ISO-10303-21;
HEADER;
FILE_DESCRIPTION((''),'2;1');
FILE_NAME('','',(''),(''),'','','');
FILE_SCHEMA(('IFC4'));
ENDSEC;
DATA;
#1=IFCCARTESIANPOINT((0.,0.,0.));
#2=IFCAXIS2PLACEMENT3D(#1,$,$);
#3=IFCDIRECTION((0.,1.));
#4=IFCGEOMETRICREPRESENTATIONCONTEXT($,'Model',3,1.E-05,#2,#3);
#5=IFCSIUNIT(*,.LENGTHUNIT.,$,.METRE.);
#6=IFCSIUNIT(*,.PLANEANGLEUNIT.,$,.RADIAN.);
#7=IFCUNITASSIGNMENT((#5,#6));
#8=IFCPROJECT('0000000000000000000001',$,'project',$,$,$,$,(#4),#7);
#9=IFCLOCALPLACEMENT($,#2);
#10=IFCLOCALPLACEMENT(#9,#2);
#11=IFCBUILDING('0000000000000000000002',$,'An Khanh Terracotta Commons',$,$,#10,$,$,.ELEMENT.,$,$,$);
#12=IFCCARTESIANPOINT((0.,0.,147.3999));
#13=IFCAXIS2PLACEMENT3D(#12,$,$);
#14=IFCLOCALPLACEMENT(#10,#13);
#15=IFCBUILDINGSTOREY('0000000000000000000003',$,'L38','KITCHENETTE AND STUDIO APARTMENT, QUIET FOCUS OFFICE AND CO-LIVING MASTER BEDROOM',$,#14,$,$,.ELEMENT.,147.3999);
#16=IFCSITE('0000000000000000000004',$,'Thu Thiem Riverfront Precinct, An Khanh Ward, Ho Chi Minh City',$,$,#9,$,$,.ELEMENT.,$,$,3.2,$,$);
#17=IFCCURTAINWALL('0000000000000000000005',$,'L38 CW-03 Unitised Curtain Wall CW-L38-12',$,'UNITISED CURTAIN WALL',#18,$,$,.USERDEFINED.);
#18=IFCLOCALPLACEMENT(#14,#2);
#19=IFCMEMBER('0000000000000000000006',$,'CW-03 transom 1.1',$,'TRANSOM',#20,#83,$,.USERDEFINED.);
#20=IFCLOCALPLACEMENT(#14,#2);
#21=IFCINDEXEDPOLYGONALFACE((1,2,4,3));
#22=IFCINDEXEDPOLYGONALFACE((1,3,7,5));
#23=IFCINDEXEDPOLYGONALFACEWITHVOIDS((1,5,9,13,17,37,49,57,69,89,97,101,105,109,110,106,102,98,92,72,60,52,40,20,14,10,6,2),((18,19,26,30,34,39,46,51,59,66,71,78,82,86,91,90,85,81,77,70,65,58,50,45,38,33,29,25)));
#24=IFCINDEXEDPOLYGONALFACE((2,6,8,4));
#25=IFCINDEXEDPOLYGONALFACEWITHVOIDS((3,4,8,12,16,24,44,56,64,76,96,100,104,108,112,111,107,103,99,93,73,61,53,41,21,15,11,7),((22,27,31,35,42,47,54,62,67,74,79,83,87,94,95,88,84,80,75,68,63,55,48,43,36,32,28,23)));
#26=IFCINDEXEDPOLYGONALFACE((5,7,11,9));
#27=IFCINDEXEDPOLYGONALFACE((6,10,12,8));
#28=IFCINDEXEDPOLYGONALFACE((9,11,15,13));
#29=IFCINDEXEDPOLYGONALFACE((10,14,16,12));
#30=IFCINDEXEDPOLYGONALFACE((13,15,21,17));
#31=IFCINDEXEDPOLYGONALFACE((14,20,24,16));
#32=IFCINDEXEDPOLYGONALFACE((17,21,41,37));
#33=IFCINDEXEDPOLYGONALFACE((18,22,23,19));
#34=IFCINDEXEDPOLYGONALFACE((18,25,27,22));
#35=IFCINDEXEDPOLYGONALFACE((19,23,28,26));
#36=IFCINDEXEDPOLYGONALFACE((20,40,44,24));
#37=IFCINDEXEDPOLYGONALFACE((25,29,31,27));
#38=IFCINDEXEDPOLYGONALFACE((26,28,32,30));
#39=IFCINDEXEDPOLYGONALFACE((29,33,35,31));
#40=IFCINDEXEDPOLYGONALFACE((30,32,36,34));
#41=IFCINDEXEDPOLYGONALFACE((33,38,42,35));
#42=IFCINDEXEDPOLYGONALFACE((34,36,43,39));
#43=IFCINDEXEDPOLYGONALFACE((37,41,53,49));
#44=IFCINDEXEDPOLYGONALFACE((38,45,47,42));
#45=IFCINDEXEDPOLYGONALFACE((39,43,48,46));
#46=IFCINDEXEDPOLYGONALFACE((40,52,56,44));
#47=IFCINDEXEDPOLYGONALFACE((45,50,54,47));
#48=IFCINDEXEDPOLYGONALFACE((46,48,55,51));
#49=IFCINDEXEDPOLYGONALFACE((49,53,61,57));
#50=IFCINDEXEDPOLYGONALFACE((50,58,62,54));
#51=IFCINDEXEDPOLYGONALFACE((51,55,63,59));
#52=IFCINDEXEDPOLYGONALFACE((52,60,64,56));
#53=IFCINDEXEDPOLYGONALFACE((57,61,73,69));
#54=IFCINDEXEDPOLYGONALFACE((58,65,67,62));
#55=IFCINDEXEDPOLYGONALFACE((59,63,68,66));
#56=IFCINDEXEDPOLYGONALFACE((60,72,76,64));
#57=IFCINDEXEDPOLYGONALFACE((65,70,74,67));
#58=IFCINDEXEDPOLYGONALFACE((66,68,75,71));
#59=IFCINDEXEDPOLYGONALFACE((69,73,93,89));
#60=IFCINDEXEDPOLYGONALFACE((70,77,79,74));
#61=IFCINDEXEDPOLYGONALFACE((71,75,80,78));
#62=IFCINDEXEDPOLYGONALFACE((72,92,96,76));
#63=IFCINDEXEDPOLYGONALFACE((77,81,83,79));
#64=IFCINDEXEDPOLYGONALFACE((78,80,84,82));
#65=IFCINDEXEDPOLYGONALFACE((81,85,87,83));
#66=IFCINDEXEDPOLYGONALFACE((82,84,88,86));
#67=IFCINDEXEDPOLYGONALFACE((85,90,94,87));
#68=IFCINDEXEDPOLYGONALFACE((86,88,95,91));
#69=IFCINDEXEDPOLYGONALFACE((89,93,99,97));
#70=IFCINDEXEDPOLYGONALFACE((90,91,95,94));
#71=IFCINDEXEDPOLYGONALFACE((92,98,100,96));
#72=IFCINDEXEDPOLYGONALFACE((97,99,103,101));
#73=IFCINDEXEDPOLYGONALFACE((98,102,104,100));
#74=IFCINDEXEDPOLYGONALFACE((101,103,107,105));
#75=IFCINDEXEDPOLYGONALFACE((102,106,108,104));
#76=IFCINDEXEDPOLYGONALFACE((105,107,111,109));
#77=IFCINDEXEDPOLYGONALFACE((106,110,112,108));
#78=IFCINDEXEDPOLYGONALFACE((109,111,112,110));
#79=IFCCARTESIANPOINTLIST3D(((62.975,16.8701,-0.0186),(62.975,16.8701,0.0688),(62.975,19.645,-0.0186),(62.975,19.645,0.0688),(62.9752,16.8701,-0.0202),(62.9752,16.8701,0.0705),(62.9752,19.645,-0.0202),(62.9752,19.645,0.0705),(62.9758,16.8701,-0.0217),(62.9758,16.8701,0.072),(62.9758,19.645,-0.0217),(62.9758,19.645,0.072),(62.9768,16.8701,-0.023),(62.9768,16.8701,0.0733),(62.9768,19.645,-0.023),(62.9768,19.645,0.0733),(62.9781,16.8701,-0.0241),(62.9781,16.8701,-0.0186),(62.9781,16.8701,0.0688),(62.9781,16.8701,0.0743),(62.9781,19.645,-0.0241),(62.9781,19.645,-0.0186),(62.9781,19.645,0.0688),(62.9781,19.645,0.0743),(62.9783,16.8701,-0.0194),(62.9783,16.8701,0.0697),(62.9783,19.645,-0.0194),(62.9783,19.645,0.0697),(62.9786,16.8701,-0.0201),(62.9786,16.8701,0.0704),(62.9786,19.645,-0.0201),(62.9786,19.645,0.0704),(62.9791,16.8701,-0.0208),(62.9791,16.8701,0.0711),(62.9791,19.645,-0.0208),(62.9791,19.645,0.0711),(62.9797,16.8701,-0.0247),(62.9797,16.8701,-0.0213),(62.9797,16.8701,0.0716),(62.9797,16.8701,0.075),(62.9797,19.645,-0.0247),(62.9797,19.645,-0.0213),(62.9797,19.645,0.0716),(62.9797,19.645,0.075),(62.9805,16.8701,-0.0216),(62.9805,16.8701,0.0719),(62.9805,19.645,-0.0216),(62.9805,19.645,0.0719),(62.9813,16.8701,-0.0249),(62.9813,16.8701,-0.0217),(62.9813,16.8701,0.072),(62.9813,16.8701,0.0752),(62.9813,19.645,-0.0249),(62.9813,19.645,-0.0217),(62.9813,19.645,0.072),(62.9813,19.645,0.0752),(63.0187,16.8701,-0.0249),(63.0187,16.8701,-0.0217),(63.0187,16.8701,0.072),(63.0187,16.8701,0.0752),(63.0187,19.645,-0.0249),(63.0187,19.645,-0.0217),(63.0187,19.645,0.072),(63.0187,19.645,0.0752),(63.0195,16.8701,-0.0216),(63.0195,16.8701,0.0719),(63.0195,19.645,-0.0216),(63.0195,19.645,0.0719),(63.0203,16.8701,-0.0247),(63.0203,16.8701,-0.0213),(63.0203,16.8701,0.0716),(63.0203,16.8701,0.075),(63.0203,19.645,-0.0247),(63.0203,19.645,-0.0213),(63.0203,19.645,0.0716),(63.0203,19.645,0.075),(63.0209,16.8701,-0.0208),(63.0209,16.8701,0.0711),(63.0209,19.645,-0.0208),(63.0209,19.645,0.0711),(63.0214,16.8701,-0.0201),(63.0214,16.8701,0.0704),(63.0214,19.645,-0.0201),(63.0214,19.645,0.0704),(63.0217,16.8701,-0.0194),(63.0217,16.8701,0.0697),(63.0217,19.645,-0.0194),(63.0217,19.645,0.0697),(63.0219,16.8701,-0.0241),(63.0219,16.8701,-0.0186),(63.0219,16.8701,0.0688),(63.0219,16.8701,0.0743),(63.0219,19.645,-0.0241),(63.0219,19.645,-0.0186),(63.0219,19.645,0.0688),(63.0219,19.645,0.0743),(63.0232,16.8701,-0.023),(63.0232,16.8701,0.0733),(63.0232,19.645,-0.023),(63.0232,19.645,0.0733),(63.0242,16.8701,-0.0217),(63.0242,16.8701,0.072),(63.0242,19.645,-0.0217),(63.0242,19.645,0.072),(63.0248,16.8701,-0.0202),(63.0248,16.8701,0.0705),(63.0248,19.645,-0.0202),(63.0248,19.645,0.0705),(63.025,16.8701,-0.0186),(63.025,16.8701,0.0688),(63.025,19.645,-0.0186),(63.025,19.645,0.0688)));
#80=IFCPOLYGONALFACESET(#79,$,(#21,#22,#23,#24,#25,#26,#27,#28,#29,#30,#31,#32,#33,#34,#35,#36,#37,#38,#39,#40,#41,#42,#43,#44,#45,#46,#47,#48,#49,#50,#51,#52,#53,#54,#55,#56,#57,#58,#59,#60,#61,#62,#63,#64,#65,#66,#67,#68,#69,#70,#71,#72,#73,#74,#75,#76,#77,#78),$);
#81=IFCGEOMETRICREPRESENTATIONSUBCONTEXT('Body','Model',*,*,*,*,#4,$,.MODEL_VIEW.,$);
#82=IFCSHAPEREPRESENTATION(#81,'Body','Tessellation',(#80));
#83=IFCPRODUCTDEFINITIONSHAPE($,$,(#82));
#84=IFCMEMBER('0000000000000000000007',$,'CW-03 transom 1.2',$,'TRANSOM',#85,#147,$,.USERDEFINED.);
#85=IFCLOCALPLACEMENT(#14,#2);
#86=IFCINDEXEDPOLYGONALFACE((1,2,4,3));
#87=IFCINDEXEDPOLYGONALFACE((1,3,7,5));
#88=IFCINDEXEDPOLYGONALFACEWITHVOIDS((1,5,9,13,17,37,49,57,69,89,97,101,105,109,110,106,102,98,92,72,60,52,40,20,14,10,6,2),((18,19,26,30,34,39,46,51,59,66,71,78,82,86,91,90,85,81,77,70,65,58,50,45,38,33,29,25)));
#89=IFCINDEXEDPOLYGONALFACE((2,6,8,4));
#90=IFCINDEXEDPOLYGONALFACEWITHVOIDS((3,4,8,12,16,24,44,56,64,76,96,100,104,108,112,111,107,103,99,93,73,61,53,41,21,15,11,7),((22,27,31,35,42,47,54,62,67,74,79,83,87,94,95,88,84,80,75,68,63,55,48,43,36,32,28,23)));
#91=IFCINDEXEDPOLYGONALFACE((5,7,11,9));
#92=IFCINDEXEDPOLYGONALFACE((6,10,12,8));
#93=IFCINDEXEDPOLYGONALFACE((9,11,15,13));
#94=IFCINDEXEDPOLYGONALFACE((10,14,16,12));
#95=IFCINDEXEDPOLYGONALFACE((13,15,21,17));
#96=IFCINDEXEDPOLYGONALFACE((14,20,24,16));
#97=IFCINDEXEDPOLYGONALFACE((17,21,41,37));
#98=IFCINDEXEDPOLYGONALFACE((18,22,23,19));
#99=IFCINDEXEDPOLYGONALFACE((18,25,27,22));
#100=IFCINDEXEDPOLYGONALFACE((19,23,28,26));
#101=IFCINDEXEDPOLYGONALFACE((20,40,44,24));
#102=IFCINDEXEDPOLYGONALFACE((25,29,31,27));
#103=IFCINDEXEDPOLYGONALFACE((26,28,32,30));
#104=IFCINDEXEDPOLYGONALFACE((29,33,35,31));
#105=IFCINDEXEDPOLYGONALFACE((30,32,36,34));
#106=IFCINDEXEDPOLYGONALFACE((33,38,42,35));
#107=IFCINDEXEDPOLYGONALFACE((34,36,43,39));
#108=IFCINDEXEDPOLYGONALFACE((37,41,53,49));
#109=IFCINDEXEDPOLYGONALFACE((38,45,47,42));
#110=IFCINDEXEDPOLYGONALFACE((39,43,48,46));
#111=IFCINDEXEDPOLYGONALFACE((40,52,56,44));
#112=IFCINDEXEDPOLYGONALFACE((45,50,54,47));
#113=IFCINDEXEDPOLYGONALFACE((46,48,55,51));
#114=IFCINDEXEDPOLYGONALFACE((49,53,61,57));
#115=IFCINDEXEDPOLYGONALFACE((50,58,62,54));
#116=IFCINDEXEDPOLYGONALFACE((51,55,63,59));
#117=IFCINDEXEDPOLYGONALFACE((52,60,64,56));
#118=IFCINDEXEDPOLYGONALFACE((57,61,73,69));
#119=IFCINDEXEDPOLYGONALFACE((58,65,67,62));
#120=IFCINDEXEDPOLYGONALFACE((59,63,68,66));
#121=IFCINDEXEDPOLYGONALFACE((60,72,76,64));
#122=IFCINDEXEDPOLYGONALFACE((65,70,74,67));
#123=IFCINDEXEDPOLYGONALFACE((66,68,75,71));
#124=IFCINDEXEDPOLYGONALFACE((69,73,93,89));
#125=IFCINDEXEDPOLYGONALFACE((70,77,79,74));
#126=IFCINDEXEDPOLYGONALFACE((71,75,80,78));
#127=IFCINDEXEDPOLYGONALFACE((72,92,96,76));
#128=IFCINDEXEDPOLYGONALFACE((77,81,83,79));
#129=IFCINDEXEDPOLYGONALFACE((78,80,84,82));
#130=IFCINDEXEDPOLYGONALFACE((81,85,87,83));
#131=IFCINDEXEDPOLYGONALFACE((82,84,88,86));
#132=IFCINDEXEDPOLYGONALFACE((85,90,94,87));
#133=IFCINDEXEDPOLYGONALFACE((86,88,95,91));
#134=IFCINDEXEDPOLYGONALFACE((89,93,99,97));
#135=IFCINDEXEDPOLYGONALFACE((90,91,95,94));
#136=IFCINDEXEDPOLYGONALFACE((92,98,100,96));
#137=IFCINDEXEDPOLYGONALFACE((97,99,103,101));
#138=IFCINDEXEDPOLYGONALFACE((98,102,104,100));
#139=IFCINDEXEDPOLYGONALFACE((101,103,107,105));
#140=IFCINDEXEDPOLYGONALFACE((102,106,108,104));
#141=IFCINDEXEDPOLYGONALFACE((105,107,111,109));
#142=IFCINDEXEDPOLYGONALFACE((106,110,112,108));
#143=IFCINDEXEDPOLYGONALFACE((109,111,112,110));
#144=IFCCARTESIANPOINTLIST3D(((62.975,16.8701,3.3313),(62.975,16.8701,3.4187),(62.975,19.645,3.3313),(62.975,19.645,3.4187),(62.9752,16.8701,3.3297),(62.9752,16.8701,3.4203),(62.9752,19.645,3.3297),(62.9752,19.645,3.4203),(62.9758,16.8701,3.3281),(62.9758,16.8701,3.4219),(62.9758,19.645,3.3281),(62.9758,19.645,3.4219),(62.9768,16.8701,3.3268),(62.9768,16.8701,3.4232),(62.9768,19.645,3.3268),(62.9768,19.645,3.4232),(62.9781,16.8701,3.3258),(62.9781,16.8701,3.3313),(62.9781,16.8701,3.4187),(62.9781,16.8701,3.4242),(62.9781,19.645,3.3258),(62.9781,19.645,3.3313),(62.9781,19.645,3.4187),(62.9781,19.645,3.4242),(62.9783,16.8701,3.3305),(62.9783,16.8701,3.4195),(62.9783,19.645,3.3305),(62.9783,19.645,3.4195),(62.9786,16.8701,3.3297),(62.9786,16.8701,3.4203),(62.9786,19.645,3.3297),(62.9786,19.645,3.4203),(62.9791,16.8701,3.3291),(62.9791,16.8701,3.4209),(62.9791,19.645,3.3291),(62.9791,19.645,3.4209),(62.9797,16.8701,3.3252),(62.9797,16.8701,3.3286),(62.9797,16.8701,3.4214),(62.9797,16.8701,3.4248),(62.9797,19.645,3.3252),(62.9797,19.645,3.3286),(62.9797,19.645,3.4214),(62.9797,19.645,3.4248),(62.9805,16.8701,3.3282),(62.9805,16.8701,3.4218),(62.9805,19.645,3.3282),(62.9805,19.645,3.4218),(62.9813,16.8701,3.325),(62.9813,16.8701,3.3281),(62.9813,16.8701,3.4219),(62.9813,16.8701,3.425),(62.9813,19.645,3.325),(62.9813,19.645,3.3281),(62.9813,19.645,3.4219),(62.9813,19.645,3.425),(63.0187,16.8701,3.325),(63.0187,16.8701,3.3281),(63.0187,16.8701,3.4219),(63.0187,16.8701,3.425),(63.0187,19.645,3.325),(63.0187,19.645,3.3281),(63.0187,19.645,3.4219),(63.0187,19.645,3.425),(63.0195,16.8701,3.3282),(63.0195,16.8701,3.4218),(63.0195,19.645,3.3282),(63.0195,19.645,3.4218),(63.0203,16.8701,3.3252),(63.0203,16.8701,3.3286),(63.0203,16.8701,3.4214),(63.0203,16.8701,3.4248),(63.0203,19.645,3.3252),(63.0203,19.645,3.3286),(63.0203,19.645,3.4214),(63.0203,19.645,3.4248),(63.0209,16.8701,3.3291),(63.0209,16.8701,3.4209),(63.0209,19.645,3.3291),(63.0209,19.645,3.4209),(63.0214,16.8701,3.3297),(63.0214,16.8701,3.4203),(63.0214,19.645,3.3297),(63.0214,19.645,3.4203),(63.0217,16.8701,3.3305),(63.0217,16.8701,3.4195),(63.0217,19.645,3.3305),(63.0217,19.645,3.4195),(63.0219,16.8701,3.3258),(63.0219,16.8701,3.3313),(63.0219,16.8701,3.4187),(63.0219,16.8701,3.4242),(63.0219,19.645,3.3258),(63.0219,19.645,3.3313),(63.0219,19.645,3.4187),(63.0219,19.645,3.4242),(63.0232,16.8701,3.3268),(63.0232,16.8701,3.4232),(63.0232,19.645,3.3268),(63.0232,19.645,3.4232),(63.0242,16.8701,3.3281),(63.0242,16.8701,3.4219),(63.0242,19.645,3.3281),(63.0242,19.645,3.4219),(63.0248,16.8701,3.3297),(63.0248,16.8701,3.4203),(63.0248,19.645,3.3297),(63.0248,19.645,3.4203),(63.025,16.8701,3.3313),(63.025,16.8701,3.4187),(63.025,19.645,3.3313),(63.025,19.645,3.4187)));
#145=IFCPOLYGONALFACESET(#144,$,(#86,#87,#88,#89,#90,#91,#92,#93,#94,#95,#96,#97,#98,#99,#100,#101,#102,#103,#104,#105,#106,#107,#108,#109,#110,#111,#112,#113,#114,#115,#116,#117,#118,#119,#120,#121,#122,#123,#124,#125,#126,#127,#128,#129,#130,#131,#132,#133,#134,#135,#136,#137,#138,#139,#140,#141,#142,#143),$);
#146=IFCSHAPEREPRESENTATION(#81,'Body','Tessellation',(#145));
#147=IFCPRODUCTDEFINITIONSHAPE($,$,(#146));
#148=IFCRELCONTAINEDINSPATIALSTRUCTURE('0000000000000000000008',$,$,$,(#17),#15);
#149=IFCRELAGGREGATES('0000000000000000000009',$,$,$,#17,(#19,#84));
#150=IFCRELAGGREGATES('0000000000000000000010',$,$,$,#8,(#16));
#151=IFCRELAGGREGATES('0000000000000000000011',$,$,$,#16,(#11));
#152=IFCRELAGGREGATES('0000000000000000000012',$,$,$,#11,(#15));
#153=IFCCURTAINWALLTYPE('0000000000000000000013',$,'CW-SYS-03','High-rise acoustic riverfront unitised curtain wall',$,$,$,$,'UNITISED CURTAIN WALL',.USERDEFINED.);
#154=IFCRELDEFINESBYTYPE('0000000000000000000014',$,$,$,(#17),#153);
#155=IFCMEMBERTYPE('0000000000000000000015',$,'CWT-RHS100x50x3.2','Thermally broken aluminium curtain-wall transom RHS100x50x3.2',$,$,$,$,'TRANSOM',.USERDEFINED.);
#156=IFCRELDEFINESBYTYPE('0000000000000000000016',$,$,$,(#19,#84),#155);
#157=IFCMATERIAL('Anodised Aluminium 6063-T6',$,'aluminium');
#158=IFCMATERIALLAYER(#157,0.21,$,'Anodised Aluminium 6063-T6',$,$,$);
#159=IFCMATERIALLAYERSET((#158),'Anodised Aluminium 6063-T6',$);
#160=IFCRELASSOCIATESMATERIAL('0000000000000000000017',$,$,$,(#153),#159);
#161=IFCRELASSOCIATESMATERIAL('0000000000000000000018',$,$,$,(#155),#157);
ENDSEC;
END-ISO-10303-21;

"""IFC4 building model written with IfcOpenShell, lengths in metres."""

from ifc_helpers import new_model, si_unit, direction, frame, origin, origin_2d, place, context, subcontext, project, spatial, hollow_rectangle, extrude, material, layer, layer_set, material_profile, profile_set, type_object, element, aggregate, save


model = new_model("IFC4")

# Units and contexts
model_context = context("Model", 3, precision=1e-05, world=origin(), true_north=direction((0.0, 1.0)))
body_context = subcontext(model_context, "Body", "Model", "MODEL_VIEW")
ifc_project = project(units=[si_unit("LENGTHUNIT", "METRE"), si_unit("PLANEANGLEUNIT", "RADIAN")], contexts=[model_context])

# Site, building, storey
site_placement = place(None, origin())
site = spatial("IfcSite", under=ifc_project, at=site_placement, Name="Thu Thiem Riverfront Precinct, An Khanh Ward, Ho Chi Minh City", CompositionType="ELEMENT", RefElevation=3.2)
building_placement = place(site_placement, origin())
building = spatial("IfcBuilding", under=site, at=building_placement, Name="An Khanh Terracotta Commons", CompositionType="ELEMENT")
storey_placement = place(building_placement, frame((0.0, 0.0, 147.3999)))
storey = spatial("IfcBuildingStorey", under=building, at=storey_placement, Name="L38", Description="KITCHENETTE AND STUDIO APARTMENT, QUIET FOCUS OFFICE AND CO-LIVING MASTER BEDROOM", CompositionType="ELEMENT", Elevation=147.3999)

# Curtain wall
ifc_material_1 = material(Name="Anodised Aluminium 6063-T6", Category="aluminium")
ifc_layer_1 = layer(ifc_material_1, 0.21, Name="Anodised Aluminium 6063-T6")
ifc_layer_set_1 = layer_set([ifc_layer_1], Name="Anodised Aluminium 6063-T6")
curtain_wall_type = type_object("IfcCurtainWallType", Name="CW-SYS-03", Description="High-rise acoustic riverfront unitised curtain wall", ElementType="UNITISED CURTAIN WALL", PredefinedType="USERDEFINED", material=ifc_layer_set_1)
curtain_wall_1_placement = place(storey_placement, origin())
curtain_wall_1 = element("IfcCurtainWall", 1, at=curtain_wall_1_placement, inside=storey, type_object=curtain_wall_type, Name="L38 CW-03 Unitised Curtain Wall CW-L38-12", ObjectType="UNITISED CURTAIN WALL", PredefinedType="USERDEFINED")

# Members
ifc_material_profile_1 = material_profile(ifc_material_1, hollow_rectangle(XDim=0.05, YDim=0.1001, WallThickness=0.0032, InnerFilletRadius=0.0032, OuterFilletRadius=0.0063, at=origin_2d()), Name="RHS100x50x3.2")
ifc_profile_set_1 = profile_set([ifc_material_profile_1], Name="Anodised Aluminium 6063-T6")
member_type_1 = type_object("IfcMemberType", Name="CWT-RHS100x50x3.2", Description="Thermally broken aluminium curtain-wall transom RHS100x50x3.2", ElementType="TRANSOM", PredefinedType="USERDEFINED", material=ifc_profile_set_1)
member_1_placement = place(storey_placement, frame((63.0, 16.8701, 0.0251), z_axis=(0.0, 1.0, 0.0), x_axis=(-1.0, 0.0, 0.0)))
member_1 = element("IfcMember", 2, at=member_1_placement, type_object=member_type_1, Name="CW-03 transom 1.1", ObjectType="TRANSOM", PredefinedType="USERDEFINED", context=body_context, shape_type="SweptSolid", body=[
    extrude(hollow_rectangle(XDim=0.05, YDim=0.1001, WallThickness=0.0032, InnerFilletRadius=0.0032, OuterFilletRadius=0.0063, at=origin_2d()), origin(), (0.0, 0.0, 1.0), 2.7749),
])
member_2_placement = place(storey_placement, frame((63.0, 16.8701, 3.375), z_axis=(0.0, 1.0, 0.0), x_axis=(-1.0, 0.0, 0.0)))
member_2 = element("IfcMember", 3, at=member_2_placement, type_object=member_type_1, Name="CW-03 transom 1.2", ObjectType="TRANSOM", PredefinedType="USERDEFINED", context=body_context, shape_type="SweptSolid", body=[
    extrude(hollow_rectangle(XDim=0.05, YDim=0.1001, WallThickness=0.0032, InnerFilletRadius=0.0032, OuterFilletRadius=0.0063, at=origin_2d()), origin(), (0.0, 0.0, 1.0), 2.7749),
])

aggregate(curtain_wall_1, [member_1, member_2])

save(model, "model.ifc")
